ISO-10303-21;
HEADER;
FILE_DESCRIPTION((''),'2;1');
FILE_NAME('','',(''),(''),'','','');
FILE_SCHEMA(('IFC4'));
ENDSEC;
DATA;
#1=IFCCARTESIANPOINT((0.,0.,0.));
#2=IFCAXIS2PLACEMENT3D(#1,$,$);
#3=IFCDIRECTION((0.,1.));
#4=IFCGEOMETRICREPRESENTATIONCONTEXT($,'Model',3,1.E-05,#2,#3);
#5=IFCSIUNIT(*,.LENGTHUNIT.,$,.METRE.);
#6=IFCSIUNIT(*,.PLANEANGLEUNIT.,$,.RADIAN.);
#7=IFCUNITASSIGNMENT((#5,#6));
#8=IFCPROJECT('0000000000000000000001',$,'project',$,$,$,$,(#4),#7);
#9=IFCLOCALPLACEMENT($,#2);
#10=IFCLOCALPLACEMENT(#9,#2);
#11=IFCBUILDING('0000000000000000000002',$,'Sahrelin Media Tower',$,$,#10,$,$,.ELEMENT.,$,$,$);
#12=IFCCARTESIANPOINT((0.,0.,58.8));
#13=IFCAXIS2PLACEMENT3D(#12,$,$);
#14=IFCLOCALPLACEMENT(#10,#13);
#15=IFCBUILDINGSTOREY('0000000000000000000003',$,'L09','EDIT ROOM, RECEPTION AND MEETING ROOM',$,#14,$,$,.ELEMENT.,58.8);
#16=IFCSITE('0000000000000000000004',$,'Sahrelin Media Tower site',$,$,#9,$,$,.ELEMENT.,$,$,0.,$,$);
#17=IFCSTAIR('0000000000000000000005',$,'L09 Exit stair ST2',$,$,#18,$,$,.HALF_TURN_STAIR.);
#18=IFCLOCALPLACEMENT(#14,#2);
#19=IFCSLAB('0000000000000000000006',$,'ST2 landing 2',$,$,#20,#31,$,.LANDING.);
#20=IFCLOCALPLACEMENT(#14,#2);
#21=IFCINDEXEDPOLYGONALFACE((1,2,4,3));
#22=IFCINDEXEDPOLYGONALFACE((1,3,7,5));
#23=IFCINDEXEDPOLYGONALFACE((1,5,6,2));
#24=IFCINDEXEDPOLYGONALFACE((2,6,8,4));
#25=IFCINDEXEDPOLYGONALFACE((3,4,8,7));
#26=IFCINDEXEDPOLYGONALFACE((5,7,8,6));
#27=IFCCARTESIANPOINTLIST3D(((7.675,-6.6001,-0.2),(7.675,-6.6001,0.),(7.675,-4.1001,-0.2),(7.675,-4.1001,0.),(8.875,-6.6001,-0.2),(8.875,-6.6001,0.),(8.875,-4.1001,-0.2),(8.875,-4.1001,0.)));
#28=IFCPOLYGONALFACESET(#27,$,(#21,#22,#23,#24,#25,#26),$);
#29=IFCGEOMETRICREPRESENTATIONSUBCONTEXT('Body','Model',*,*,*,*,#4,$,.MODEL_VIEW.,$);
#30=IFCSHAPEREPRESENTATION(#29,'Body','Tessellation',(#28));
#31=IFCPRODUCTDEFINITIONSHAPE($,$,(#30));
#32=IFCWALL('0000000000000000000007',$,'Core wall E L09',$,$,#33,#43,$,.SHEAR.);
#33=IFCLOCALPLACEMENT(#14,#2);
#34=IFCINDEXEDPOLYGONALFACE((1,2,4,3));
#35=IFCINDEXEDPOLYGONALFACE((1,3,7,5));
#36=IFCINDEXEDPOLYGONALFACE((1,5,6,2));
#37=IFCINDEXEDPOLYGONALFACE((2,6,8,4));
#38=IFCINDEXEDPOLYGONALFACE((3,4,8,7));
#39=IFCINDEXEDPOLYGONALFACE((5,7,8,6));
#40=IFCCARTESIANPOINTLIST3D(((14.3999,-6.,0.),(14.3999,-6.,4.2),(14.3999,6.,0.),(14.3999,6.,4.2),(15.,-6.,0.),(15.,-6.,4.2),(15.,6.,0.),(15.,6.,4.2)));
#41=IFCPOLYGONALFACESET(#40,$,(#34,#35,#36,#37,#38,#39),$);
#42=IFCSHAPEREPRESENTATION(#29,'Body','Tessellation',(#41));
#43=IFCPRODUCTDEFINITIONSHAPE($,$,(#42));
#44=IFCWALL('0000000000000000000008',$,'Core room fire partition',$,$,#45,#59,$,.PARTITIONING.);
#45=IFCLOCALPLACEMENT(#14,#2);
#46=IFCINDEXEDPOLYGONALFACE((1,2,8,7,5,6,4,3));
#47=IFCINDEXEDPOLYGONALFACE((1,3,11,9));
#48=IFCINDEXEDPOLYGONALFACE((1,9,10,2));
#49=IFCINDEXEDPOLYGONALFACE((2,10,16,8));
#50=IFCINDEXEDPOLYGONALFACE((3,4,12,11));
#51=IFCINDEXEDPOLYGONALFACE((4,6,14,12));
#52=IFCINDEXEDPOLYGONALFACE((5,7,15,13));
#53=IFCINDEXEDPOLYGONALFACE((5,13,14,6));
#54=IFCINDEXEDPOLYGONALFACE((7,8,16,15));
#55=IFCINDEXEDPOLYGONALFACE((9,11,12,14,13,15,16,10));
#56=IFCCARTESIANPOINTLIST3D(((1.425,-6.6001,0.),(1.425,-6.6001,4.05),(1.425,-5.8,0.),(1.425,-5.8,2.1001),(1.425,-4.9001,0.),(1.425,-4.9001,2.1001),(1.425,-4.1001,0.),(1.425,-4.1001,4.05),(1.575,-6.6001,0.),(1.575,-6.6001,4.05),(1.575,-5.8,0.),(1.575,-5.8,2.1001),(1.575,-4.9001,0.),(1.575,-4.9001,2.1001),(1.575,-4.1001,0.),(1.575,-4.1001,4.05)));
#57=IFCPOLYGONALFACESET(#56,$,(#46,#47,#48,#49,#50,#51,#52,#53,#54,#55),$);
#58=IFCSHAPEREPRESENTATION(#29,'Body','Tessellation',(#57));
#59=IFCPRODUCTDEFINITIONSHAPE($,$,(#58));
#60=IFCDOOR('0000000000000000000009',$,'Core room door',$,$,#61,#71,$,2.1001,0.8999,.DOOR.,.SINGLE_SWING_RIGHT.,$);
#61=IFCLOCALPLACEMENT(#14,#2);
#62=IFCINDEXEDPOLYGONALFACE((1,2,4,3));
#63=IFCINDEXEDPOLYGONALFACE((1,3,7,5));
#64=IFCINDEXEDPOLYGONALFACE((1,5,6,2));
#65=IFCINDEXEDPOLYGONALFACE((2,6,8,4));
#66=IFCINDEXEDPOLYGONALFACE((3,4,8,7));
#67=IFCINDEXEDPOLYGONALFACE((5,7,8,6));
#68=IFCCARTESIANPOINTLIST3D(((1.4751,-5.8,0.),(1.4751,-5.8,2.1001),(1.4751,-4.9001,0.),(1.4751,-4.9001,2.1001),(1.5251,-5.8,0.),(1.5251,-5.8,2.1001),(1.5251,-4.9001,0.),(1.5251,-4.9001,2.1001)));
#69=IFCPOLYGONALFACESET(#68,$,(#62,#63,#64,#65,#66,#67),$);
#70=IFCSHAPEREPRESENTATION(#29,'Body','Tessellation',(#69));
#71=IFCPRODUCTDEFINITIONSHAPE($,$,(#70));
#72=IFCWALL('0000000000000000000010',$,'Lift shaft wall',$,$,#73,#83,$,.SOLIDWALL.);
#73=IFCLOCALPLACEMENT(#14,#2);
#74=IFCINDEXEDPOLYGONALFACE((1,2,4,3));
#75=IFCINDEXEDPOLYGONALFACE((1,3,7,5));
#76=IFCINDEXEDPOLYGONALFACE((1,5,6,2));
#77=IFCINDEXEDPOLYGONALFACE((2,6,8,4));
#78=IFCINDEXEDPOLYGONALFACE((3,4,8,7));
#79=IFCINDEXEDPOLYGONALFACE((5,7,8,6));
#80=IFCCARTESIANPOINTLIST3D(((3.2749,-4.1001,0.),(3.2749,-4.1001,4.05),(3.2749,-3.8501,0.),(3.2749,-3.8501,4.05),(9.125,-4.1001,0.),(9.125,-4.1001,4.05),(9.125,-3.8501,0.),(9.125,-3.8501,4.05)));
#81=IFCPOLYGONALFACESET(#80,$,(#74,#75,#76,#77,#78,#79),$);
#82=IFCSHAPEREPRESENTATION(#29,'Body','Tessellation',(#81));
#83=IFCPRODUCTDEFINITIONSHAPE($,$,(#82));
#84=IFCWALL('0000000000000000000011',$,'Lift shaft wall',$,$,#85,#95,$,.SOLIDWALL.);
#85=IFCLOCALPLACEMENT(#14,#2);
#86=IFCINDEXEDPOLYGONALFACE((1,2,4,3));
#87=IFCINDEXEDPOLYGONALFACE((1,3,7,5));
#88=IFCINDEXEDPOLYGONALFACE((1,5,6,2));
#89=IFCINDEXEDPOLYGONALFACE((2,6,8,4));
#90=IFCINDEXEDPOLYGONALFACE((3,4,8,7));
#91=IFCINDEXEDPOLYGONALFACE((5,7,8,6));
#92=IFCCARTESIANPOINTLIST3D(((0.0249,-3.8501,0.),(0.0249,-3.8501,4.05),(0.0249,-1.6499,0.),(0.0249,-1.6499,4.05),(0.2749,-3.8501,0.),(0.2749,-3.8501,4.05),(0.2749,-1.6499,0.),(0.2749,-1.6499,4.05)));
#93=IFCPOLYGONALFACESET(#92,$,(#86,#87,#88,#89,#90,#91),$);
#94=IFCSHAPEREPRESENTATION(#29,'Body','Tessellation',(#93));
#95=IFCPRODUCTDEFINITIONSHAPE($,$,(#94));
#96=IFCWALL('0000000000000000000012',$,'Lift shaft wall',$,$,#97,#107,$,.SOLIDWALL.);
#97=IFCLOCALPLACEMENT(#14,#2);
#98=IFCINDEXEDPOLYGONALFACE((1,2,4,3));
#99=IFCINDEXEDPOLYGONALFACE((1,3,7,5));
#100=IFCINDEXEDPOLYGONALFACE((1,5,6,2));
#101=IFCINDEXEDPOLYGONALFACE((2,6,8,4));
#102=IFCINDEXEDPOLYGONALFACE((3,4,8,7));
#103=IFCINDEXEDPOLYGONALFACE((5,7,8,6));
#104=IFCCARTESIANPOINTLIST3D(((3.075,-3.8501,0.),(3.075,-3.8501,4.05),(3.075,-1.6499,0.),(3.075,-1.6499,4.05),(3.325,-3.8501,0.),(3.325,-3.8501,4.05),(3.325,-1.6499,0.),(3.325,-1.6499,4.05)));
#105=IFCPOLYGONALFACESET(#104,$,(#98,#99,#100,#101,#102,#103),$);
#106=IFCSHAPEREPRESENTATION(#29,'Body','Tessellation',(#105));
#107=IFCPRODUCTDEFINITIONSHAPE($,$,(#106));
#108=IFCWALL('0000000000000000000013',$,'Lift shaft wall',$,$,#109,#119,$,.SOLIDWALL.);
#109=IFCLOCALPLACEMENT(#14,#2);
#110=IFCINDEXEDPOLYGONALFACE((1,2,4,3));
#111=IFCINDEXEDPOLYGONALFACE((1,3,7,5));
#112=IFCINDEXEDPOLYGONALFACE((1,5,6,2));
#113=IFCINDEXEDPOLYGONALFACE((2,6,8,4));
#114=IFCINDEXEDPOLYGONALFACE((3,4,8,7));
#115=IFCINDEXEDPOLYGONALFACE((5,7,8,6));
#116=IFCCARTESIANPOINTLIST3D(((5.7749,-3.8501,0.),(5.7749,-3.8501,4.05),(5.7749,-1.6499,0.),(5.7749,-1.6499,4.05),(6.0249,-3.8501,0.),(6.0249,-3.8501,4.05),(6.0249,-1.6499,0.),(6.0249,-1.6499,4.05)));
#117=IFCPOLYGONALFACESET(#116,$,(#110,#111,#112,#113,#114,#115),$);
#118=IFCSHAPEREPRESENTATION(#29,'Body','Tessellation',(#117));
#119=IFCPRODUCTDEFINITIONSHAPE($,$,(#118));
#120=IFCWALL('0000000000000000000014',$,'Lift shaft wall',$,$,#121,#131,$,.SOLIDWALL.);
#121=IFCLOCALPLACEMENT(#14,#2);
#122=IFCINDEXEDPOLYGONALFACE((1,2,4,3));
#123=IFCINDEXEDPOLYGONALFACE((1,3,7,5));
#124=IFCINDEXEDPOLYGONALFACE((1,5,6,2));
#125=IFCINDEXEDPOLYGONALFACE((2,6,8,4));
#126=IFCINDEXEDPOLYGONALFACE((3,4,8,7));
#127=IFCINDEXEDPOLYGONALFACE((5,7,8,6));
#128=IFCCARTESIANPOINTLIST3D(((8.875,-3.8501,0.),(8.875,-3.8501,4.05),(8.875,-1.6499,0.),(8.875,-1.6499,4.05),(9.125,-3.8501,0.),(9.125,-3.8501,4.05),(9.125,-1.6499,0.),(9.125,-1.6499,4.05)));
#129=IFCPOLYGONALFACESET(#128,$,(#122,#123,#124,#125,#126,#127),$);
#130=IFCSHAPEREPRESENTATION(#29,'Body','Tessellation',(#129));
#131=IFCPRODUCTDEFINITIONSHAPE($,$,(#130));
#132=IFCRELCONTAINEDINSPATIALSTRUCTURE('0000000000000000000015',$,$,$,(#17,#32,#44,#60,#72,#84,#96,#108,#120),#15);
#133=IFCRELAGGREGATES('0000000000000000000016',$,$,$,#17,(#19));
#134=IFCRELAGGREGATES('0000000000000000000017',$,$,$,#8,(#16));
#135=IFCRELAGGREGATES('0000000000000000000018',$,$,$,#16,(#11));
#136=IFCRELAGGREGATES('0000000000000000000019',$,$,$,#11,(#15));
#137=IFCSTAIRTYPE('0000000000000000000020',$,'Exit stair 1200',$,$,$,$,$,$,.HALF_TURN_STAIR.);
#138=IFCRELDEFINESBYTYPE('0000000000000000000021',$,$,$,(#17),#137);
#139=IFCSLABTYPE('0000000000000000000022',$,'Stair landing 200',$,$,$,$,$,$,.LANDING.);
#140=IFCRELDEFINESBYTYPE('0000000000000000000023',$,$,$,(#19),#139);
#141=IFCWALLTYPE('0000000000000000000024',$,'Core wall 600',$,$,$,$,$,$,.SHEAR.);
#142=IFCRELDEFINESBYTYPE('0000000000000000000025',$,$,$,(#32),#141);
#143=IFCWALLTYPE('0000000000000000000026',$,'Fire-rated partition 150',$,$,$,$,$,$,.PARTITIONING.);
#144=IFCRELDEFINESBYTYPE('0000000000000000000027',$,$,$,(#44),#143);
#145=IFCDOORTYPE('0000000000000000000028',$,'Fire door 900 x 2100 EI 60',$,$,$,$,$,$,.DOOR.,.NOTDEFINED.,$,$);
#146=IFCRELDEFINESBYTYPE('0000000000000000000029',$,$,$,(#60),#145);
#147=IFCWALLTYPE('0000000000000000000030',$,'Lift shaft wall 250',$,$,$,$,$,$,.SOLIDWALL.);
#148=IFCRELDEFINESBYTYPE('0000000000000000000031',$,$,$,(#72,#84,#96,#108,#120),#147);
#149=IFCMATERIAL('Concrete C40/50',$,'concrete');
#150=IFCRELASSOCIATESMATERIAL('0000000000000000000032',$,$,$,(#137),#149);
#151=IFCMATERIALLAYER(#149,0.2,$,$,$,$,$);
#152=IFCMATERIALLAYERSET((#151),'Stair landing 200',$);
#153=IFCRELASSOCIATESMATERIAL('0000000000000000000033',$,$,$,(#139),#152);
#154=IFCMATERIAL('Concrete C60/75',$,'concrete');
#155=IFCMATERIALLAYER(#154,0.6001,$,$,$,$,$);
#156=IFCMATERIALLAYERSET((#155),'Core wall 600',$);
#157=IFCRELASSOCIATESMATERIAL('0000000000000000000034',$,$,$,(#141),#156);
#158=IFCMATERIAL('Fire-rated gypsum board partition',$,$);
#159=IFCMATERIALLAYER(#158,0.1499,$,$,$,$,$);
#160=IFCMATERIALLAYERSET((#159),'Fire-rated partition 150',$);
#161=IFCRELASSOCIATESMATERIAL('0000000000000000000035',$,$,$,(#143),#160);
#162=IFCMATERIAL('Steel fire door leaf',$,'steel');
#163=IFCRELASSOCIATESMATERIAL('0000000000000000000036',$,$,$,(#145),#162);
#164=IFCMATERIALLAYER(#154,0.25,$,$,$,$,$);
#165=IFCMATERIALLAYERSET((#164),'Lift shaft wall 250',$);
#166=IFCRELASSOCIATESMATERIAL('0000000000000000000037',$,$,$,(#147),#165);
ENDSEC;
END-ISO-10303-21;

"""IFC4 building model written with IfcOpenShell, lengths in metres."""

from ifc_helpers import new_model, si_unit, direction, frame, frame_2d, origin, place, context, subcontext, project, spatial, polyline, rectangle, outline, extrude, material, layer, layer_set, type_object, element, fill, aggregate, save


model = new_model("IFC4")

# Units and contexts
model_context = context("Model", 3, precision=1e-05, world=origin(), true_north=direction((0.0, 1.0)))
body_context = subcontext(model_context, "Body", "Model", "MODEL_VIEW")
ifc_project = project(units=[si_unit("LENGTHUNIT", "METRE"), si_unit("PLANEANGLEUNIT", "RADIAN")], contexts=[model_context])

# Site, building, storey
site_placement = place(None, origin())
site = spatial("IfcSite", under=ifc_project, at=site_placement, Name="Sahrelin Media Tower site", CompositionType="ELEMENT", RefElevation=0.0)
building_placement = place(site_placement, origin())
building = spatial("IfcBuilding", under=site, at=building_placement, Name="Sahrelin Media Tower", CompositionType="ELEMENT")
storey_placement = place(building_placement, frame((0.0, 0.0, 58.8)))
storey = spatial("IfcBuildingStorey", under=building, at=storey_placement, Name="L09", Description="EDIT ROOM, RECEPTION AND MEETING ROOM", CompositionType="ELEMENT", Elevation=58.8)

# Shared definitions
ifc_material_1 = material(Name="Concrete C40/50", Category="concrete")

# Stair, slab
stair_type = type_object("IfcStairType", Name="Exit stair 1200", PredefinedType="HALF_TURN_STAIR", material=ifc_material_1)
placement_1 = place(storey_placement, origin())
ifc_layer_1 = layer(ifc_material_1, 0.2)
ifc_layer_set_1 = layer_set([ifc_layer_1], Name="Stair landing 200")
slab_type_1 = type_object("IfcSlabType", Name="Stair landing 200", PredefinedType="LANDING", material=ifc_layer_set_1)
placement_2 = place(storey_placement, frame((0.0, 0.0, -0.2)))
stair_1 = element("IfcStair", 1, at=placement_1, inside=storey, type_object=stair_type, Name="L09 Exit stair ST2", PredefinedType="HALF_TURN_STAIR")
slab_1 = element("IfcSlab", 2, at=placement_2, type_object=slab_type_1, Name="ST2 landing 2", PredefinedType="LANDING", context=body_context, shape_type="SweptSolid", body=[
    extrude(outline(polyline([(8.875, -4.1001), (7.675, -4.1001), (7.675, -6.6001), (8.875, -6.6001), (8.875, -4.1001)])), origin(), (0.0, 0.0, 1.0), 0.2),
])
aggregate(stair_1, [slab_1])

# Wall
ifc_material_2 = material(Name="Concrete C60/75", Category="concrete")
ifc_layer_2 = layer(ifc_material_2, 0.6001)
ifc_layer_set_2 = layer_set([ifc_layer_2], Name="Core wall 600")
wall_type_1 = type_object("IfcWallType", Name="Core wall 600", PredefinedType="SHEAR", material=ifc_layer_set_2)
wall_1_placement = place(storey_placement, frame((14.7, -6.0, 0.0), z_axis=(0.0, 0.0, 1.0), x_axis=(0.0, 1.0, 0.0)))
element("IfcWall", 3, at=wall_1_placement, inside=storey, type_object=wall_type_1, Name="Core wall E L09", PredefinedType="SHEAR", context=body_context, shape_type="SweptSolid", body=[
    extrude(rectangle(XDim=12.0, YDim=0.6001, at=frame_2d((6.0, 0.0))), origin(), (0.0, 0.0, 1.0), 4.2),
])

# Wall, opening, door
ifc_material_3 = material(Name="Fire-rated gypsum board partition")
ifc_layer_3 = layer(ifc_material_3, 0.1499)
ifc_layer_set_3 = layer_set([ifc_layer_3], Name="Fire-rated partition 150")
wall_type_2 = type_object("IfcWallType", Name="Fire-rated partition 150", PredefinedType="PARTITIONING", material=ifc_layer_set_3)
wall_2_placement = place(storey_placement, frame((1.5, -6.6001, 0.0), z_axis=(0.0, 0.0, 1.0), x_axis=(0.0, 1.0, 0.0)))
wall_2 = element("IfcWall", 4, at=wall_2_placement, inside=storey, type_object=wall_type_2, Name="Core room fire partition", PredefinedType="PARTITIONING", context=body_context, shape_type="SweptSolid", body=[
    extrude(rectangle(XDim=2.5, YDim=0.1499, at=frame_2d((1.25, 0.0))), origin(), (0.0, 0.0, 1.0), 4.05),
])
opening_1_placement = place(wall_2_placement, frame((0.8, 0.0, 0.0)))
opening_1 = element("IfcOpeningElement", 5, at=opening_1_placement, cuts=wall_2, PredefinedType="OPENING", context=body_context, shape_type="SweptSolid", body=[
    extrude(rectangle(XDim=0.8999, YDim=2.1001, at=frame_2d((0.45, 1.05))), frame((0.0, 0.075, 0.0), z_axis=(0.0, -1.0, 0.0), x_axis=(1.0, 0.0, 0.0)), (0.0, 0.0, 1.0), 0.1499),
])
ifc_material_4 = material(Name="Steel fire door leaf", Category="steel")
door_type_1 = type_object("IfcDoorType", Name="Fire door 900 x 2100 EI 60", OperationType="NOTDEFINED", PredefinedType="DOOR", material=ifc_material_4)
door_1_placement = place(opening_1_placement, origin())
door_1 = element("IfcDoor", 6, at=door_1_placement, inside=storey, type_object=door_type_1, Name="Core room door", OperationType="SINGLE_SWING_RIGHT", OverallHeight=2.1001, OverallWidth=0.8999, PredefinedType="DOOR", context=body_context, shape_type="SweptSolid", body=[
    extrude(rectangle(XDim=0.8999, YDim=2.1001, at=frame_2d((0.45, 1.05))), frame((0.0, 0.0249, 0.0), z_axis=(0.0, -1.0, 0.0), x_axis=(1.0, 0.0, 0.0)), (0.0, 0.0, 1.0), 0.05),
])
fill(opening_1, door_1)

# Walls
ifc_layer_4 = layer(ifc_material_2, 0.25)
ifc_layer_set_4 = layer_set([ifc_layer_4], Name="Lift shaft wall 250")
wall_type_3 = type_object("IfcWallType", Name="Lift shaft wall 250", PredefinedType="SOLIDWALL", material=ifc_layer_set_4)
wall_3_placement = place(storey_placement, frame((3.2749, -3.9751, 0.0), z_axis=(0.0, 0.0, 1.0), x_axis=(1.0, 0.0, 0.0)))
element("IfcWall", 7, at=wall_3_placement, inside=storey, type_object=wall_type_3, Name="Lift shaft wall", PredefinedType="SOLIDWALL", context=body_context, shape_type="SweptSolid", body=[
    extrude(rectangle(XDim=5.8501, YDim=0.25, at=frame_2d((2.925, 0.0))), origin(), (0.0, 0.0, 1.0), 4.05),
])
for number, where, z_axis, x_axis, name in (
    (8, (0.1499, -3.8501, 0.0), (0.0, 0.0, 1.0), (0.0, 1.0, 0.0), "Lift shaft wall"),
    (9, (3.2, -3.8501, 0.0), (0.0, 0.0, 1.0), (0.0, 1.0, 0.0), "Lift shaft wall"),
    (10, (5.8999, -3.8501, 0.0), (0.0, 0.0, 1.0), (0.0, 1.0, 0.0), "Lift shaft wall"),
    (11, (9.0, -3.8501, 0.0), (0.0, 0.0, 1.0), (0.0, 1.0, 0.0), "Lift shaft wall"),
):
    element("IfcWall", number, at=place(storey_placement, frame(where, z_axis=z_axis, x_axis=x_axis)), inside=storey, type_object=wall_type_3, Name=name, PredefinedType="SOLIDWALL", context=body_context, shape_type="SweptSolid", body=[
        extrude(rectangle(XDim=2.2002, YDim=0.25, at=frame_2d((1.1001, 0.0))), origin(), (0.0, 0.0, 1.0), 4.05),
    ])

save(model, "model.ifc")
